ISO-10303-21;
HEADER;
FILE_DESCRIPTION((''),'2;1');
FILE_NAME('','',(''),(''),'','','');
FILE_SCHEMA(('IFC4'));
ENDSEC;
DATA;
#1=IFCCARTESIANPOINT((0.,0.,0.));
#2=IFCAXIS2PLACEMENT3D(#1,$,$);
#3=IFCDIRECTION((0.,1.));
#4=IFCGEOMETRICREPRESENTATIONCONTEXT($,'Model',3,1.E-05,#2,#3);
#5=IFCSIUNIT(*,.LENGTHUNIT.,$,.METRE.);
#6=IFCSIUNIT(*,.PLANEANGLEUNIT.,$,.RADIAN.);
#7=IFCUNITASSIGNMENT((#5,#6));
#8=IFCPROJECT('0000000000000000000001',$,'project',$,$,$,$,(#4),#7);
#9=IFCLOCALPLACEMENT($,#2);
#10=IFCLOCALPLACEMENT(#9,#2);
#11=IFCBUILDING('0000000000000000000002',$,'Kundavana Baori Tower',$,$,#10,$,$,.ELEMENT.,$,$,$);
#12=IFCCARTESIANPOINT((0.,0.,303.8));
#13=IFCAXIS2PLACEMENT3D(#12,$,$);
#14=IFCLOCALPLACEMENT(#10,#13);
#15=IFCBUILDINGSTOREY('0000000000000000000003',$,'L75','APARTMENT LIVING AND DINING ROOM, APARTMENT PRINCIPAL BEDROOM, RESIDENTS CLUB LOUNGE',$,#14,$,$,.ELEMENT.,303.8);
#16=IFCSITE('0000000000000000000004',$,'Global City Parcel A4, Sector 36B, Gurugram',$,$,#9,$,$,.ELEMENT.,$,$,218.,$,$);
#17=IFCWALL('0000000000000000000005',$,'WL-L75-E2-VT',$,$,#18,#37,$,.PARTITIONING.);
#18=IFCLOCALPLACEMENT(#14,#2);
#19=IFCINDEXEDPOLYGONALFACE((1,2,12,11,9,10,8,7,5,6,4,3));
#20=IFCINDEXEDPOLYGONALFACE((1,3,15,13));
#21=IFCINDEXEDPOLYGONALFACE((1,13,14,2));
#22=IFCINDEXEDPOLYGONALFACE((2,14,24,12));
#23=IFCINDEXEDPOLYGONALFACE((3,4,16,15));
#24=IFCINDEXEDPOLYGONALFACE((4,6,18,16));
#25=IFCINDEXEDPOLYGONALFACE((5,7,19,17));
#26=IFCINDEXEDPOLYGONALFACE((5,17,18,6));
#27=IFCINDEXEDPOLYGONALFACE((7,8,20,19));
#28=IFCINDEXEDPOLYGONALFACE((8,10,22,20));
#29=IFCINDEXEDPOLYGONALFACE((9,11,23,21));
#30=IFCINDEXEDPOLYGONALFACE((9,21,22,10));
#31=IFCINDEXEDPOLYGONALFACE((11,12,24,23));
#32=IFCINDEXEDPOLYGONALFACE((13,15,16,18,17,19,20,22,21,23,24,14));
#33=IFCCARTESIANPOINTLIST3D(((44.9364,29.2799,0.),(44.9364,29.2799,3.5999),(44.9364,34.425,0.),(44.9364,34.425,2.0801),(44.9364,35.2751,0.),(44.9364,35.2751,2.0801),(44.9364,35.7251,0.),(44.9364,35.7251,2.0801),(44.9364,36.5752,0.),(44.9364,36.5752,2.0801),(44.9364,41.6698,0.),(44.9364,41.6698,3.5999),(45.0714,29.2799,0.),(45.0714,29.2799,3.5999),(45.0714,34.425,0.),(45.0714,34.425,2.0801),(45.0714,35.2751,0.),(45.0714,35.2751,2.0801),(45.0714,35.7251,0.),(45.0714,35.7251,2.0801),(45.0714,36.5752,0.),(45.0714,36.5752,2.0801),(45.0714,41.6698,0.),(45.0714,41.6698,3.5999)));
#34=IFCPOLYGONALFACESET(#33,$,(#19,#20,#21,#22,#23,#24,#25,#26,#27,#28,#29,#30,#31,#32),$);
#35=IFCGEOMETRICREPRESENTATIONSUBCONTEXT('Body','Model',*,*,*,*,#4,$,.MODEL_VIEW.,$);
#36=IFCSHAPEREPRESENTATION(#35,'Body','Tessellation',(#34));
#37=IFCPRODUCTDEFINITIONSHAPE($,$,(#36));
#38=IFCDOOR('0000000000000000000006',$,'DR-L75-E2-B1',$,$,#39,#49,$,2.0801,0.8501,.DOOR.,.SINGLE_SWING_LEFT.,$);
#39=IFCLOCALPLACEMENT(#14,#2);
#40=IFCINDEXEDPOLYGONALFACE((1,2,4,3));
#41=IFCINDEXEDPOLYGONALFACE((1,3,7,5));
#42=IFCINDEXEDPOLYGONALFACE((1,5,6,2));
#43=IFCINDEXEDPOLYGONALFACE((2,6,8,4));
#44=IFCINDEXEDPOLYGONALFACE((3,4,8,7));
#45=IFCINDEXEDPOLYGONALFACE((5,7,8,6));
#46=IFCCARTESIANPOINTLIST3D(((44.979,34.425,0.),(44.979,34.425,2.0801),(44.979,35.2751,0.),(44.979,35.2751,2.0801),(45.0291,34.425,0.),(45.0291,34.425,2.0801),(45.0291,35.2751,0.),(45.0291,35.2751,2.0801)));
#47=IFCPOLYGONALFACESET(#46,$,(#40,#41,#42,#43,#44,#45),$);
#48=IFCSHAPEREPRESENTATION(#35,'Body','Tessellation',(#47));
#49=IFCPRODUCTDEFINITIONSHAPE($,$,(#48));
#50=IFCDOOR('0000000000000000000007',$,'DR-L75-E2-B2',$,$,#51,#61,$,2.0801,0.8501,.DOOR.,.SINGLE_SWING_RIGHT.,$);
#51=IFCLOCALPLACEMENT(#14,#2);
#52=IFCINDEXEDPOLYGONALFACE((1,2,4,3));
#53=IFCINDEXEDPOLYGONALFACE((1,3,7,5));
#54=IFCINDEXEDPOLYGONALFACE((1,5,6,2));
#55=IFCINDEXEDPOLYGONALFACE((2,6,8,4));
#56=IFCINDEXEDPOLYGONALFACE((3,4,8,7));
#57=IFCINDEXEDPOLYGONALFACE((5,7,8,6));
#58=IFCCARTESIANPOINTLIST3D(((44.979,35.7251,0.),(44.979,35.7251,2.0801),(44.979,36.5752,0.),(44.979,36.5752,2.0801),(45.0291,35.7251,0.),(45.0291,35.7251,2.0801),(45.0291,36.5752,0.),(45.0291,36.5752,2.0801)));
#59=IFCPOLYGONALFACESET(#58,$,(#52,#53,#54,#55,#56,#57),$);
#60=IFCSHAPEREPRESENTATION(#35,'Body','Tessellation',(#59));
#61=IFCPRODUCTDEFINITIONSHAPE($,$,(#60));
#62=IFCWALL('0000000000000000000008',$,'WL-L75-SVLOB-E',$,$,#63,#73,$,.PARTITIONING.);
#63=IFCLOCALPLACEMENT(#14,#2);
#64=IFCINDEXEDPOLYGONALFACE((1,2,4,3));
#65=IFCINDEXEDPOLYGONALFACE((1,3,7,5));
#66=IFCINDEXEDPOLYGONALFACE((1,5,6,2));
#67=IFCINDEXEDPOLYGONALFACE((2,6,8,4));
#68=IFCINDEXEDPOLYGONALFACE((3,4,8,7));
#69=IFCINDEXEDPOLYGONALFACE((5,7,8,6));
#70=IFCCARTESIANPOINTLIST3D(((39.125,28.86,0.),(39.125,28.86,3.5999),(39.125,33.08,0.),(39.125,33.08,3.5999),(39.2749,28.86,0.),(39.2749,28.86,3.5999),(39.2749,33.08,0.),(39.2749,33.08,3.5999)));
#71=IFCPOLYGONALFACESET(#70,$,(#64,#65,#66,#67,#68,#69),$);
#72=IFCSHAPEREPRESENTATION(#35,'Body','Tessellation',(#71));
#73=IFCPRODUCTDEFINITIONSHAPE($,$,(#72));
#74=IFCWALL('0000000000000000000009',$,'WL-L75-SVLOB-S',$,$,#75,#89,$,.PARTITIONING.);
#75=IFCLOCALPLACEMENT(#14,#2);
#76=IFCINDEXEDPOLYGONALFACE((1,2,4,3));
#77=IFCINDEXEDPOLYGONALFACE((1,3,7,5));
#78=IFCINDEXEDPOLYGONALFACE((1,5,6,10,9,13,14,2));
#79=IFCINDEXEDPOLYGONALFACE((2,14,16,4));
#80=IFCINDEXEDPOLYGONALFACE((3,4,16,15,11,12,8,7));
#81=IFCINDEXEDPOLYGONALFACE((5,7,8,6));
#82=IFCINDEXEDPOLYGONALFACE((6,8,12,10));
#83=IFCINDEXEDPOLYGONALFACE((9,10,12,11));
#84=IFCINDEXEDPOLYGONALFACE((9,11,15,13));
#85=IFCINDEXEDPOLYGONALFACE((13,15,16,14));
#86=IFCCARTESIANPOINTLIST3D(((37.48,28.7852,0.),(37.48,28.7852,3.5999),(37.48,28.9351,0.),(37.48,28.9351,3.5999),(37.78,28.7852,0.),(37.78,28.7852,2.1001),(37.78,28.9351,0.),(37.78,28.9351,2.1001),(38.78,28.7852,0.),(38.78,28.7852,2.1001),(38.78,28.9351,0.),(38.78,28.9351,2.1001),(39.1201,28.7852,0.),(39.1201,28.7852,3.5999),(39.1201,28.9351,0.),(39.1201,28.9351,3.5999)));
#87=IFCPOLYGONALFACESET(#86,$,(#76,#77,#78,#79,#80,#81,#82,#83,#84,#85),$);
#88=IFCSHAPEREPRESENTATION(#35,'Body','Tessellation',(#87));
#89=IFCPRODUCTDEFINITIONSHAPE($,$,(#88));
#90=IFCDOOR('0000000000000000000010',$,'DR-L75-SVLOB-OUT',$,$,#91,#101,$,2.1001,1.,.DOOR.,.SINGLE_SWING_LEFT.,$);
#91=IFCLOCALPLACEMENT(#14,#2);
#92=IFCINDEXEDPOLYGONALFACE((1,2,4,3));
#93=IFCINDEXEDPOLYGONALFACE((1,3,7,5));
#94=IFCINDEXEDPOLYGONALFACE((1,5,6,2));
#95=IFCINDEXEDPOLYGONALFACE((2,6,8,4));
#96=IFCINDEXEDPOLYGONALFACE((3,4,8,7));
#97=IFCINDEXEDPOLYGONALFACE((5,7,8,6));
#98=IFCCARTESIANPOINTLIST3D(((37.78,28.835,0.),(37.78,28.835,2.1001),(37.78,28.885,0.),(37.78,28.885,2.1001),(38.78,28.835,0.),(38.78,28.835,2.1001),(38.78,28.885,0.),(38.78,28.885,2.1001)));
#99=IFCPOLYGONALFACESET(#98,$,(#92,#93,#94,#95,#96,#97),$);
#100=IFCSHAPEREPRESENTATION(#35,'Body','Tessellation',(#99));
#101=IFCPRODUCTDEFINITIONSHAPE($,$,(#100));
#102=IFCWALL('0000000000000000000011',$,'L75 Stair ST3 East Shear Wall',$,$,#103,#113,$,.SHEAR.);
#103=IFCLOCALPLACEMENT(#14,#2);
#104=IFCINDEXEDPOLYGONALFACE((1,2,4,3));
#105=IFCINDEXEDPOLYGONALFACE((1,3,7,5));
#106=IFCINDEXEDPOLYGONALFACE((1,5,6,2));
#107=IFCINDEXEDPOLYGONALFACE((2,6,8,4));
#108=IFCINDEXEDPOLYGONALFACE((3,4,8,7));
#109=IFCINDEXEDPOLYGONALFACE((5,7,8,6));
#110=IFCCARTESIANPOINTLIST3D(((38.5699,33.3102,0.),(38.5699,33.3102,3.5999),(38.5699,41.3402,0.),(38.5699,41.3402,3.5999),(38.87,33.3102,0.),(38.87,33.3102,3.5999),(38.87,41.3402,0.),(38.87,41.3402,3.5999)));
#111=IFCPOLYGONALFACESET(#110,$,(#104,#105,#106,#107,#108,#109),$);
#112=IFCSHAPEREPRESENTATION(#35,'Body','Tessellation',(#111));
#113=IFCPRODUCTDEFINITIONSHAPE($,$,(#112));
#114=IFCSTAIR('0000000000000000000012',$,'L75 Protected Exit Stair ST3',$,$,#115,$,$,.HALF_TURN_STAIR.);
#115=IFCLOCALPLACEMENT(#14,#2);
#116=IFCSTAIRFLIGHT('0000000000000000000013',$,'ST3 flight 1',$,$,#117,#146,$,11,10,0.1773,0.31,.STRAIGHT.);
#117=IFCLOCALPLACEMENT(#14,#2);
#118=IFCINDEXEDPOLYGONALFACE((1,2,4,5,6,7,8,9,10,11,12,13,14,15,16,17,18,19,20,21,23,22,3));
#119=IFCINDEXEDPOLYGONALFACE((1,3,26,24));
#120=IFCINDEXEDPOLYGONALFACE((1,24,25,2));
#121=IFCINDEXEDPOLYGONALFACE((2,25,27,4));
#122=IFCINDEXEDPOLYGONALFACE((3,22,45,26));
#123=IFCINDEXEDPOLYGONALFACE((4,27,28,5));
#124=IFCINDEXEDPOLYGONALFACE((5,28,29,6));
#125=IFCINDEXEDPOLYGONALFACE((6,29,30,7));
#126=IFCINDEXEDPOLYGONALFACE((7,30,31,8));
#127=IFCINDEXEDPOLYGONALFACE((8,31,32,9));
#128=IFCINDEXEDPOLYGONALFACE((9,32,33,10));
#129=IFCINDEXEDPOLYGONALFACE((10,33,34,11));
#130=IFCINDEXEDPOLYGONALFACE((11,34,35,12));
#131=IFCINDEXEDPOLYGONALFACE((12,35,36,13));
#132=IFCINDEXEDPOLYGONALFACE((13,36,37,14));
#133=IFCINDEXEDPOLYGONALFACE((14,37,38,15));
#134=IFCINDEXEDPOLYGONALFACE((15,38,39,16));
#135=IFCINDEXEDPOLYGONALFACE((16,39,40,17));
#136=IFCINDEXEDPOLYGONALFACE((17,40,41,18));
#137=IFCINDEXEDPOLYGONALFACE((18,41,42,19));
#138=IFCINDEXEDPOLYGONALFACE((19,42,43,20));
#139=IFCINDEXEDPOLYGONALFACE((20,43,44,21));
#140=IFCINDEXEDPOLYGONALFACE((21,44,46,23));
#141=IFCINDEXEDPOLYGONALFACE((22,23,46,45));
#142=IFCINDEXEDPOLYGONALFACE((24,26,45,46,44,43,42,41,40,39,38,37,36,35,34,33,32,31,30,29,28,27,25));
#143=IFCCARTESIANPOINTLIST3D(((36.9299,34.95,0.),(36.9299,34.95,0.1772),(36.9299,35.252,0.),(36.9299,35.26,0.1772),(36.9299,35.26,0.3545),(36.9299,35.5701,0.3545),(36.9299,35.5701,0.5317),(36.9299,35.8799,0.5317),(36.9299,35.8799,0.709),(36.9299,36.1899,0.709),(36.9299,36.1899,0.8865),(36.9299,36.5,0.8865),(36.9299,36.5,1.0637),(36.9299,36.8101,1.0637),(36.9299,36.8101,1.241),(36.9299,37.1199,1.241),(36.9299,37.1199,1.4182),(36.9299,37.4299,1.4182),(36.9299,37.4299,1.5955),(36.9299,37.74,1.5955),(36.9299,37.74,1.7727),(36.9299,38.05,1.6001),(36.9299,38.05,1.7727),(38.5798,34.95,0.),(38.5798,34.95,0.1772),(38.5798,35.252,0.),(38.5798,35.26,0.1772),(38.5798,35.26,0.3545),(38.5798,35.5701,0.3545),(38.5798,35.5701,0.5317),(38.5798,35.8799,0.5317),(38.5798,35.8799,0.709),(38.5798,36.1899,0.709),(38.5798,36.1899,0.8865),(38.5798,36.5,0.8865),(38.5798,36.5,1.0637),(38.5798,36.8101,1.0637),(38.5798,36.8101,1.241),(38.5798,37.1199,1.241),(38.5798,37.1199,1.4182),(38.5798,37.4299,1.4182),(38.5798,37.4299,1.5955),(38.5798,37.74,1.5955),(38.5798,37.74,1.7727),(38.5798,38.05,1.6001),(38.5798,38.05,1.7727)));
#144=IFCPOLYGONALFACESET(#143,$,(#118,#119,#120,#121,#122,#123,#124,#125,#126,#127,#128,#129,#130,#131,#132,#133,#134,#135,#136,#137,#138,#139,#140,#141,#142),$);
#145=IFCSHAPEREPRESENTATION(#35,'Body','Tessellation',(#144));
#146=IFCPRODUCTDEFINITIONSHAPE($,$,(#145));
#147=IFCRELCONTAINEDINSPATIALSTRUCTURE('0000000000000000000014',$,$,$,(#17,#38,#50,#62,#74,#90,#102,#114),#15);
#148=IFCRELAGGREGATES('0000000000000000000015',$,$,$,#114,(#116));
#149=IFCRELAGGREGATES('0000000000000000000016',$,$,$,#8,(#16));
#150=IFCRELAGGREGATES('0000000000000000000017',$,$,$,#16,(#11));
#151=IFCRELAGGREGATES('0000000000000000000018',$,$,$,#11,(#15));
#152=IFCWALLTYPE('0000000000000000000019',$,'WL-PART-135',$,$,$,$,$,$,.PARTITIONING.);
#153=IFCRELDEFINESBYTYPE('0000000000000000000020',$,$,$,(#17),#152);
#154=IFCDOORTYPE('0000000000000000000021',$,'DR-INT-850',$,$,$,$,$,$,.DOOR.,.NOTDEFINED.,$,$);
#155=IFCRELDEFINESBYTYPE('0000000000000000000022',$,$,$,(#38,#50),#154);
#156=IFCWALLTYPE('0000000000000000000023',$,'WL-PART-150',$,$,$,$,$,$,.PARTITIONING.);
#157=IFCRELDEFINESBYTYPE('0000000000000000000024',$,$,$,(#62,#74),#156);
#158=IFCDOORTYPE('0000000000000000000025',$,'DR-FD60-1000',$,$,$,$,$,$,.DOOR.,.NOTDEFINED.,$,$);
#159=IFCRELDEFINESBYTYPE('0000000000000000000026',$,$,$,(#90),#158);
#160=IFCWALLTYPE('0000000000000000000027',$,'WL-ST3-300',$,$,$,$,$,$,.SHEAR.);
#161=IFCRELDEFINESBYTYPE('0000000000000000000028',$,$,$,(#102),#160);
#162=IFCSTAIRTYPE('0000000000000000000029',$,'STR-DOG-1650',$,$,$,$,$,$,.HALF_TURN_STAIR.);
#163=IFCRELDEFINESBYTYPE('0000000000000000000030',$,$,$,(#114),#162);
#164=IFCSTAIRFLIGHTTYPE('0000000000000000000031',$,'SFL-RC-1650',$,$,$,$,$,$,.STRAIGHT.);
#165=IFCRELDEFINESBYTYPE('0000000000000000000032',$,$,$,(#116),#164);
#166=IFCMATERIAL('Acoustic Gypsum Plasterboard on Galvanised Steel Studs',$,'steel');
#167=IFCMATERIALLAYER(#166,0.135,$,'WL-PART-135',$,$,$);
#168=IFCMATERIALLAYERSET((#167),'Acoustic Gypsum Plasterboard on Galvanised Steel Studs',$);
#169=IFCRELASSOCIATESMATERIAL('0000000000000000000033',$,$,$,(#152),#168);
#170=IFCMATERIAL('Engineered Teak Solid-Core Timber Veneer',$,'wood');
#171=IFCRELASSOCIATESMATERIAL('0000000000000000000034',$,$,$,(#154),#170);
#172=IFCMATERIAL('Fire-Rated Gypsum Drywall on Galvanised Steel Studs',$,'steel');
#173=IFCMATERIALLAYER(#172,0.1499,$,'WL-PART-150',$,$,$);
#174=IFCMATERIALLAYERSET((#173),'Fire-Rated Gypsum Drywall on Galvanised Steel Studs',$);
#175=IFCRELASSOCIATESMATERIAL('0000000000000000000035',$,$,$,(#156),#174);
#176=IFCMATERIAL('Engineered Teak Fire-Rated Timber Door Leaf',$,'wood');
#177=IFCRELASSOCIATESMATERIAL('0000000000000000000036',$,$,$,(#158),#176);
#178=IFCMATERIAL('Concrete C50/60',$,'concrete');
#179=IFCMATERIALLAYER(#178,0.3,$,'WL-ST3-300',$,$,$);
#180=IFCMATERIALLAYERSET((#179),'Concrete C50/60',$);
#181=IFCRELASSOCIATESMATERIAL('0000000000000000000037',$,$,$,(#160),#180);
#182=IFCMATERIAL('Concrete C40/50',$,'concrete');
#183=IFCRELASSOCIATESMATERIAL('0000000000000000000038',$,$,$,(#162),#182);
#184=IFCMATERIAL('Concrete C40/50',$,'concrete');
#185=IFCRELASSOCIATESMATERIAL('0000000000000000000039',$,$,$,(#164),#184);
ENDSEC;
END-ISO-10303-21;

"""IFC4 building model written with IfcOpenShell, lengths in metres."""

from ifc_helpers import new_model, si_unit, direction, frame, frame_2d, origin, place, context, subcontext, project, spatial, polyline, rectangle, outline, extrude, material, layer, layer_set, type_object, element, fill, aggregate, save


model = new_model("IFC4")

# Units and contexts
model_context = context("Model", 3, precision=1e-05, world=origin(), true_north=direction((0.0, 1.0)))
body_context = subcontext(model_context, "Body", "Model", "MODEL_VIEW")
ifc_project = project(units=[si_unit("LENGTHUNIT", "METRE"), si_unit("PLANEANGLEUNIT", "RADIAN")], contexts=[model_context])

# Site, building, storey
site_placement = place(None, origin())
site = spatial("IfcSite", under=ifc_project, at=site_placement, Name="Global City Parcel A4, Sector 36B, Gurugram", CompositionType="ELEMENT", RefElevation=218.0)
building_placement = place(site_placement, origin())
building = spatial("IfcBuilding", under=site, at=building_placement, Name="Kundavana Baori Tower", CompositionType="ELEMENT")
storey_placement = place(building_placement, frame((0.0, 0.0, 303.8)))
storey = spatial("IfcBuildingStorey", under=building, at=storey_placement, Name="L75", Description="APARTMENT LIVING AND DINING ROOM, APARTMENT PRINCIPAL BEDROOM, RESIDENTS CLUB LOUNGE", CompositionType="ELEMENT", Elevation=303.8)

# Shared definitions
ifc_material_1 = material(Name="Acoustic Gypsum Plasterboard on Galvanised Steel Studs", Category="steel")
ifc_layer_1 = layer(ifc_material_1, 0.135, Name="WL-PART-135")
ifc_layer_set_1 = layer_set([ifc_layer_1], Name="Acoustic Gypsum Plasterboard on Galvanised Steel Studs")
wall_type_1 = type_object("IfcWallType", Name="WL-PART-135", PredefinedType="PARTITIONING", material=ifc_layer_set_1)

# Wall, openings, doors
wall_1_placement = place(storey_placement, frame((45.0039, 29.28, 0.0), z_axis=(0.0, 0.0, 1.0), x_axis=(0.0, 1.0, 0.0)))
wall_1 = element("IfcWall", 1, at=wall_1_placement, inside=storey, type_object=wall_type_1, Name="WL-L75-E2-VT", PredefinedType="PARTITIONING", context=body_context, shape_type="SweptSolid", body=[
    extrude(rectangle(XDim=12.3899, YDim=0.135, at=frame_2d((6.1948, 0.0))), origin(), (0.0, 0.0, 1.0), 3.5999),
])
opening_1_placement = place(wall_1_placement, frame((5.145, 0.0, 0.0)))
opening_1 = element("IfcOpeningElement", 2, at=opening_1_placement, cuts=wall_1, PredefinedType="OPENING", context=body_context, shape_type="SweptSolid", body=[
    extrude(rectangle(XDim=0.8501, YDim=2.0801, at=frame_2d((0.425, 1.04))), frame((0.0, 0.0776, 0.0), z_axis=(0.0, -1.0, 0.0), x_axis=(1.0, 0.0, 0.0)), (0.0, 0.0, 1.0), 0.155),
])
opening_2_placement = place(wall_1_placement, frame((6.4451, 0.0, 0.0)))
opening_2 = element("IfcOpeningElement", 3, at=opening_2_placement, cuts=wall_1, PredefinedType="OPENING", context=body_context, shape_type="SweptSolid", body=[
    extrude(rectangle(XDim=0.8501, YDim=2.0801, at=frame_2d((0.425, 1.04))), frame((0.0, 0.0776, 0.0), z_axis=(0.0, -1.0, 0.0), x_axis=(1.0, 0.0, 0.0)), (0.0, 0.0, 1.0), 0.155),
])
ifc_material_2 = material(Name="Engineered Teak Solid-Core Timber Veneer", Category="wood")
door_type_1 = type_object("IfcDoorType", Name="DR-INT-850", OperationType="NOTDEFINED", PredefinedType="DOOR", material=ifc_material_2)
door_1_placement = place(opening_1_placement, origin())
door_1 = element("IfcDoor", 4, at=door_1_placement, inside=storey, type_object=door_type_1, Name="DR-L75-E2-B1", OperationType="SINGLE_SWING_LEFT", OverallHeight=2.0801, OverallWidth=0.8501, PredefinedType="DOOR", context=body_context, shape_type="SweptSolid", body=[
    extrude(rectangle(XDim=0.8501, YDim=2.0801, at=frame_2d((0.425, 1.04))), frame((0.0, 0.0249, 0.0), z_axis=(0.0, -1.0, 0.0), x_axis=(1.0, 0.0, 0.0)), (0.0, 0.0, 1.0), 0.05),
])
fill(opening_1, door_1)
door_2_placement = place(opening_2_placement, origin())
door_2 = element("IfcDoor", 5, at=door_2_placement, inside=storey, type_object=door_type_1, Name="DR-L75-E2-B2", OperationType="SINGLE_SWING_RIGHT", OverallHeight=2.0801, OverallWidth=0.8501, PredefinedType="DOOR", context=body_context, shape_type="SweptSolid", body=[
    extrude(rectangle(XDim=0.8501, YDim=2.0801, at=frame_2d((0.425, 1.04))), frame((0.0, 0.0249, 0.0), z_axis=(0.0, -1.0, 0.0), x_axis=(1.0, 0.0, 0.0)), (0.0, 0.0, 1.0), 0.05),
])
fill(opening_2, door_2)

# Wall
ifc_material_3 = material(Name="Fire-Rated Gypsum Drywall on Galvanised Steel Studs", Category="steel")
ifc_layer_2 = layer(ifc_material_3, 0.1499, Name="WL-PART-150")
ifc_layer_set_2 = layer_set([ifc_layer_2], Name="Fire-Rated Gypsum Drywall on Galvanised Steel Studs")
wall_type_2 = type_object("IfcWallType", Name="WL-PART-150", PredefinedType="PARTITIONING", material=ifc_layer_set_2)
wall_2_placement = place(storey_placement, frame((39.2, 28.8601, 0.0), z_axis=(0.0, 0.0, 1.0), x_axis=(0.0, 1.0, 0.0)))
element("IfcWall", 6, at=wall_2_placement, inside=storey, type_object=wall_type_2, Name="WL-L75-SVLOB-E", PredefinedType="PARTITIONING", context=body_context, shape_type="SweptSolid", body=[
    extrude(rectangle(XDim=4.22, YDim=0.1499, at=frame_2d((2.1099, 0.0))), origin(), (0.0, 0.0, 1.0), 3.5999),
])

# Wall, opening, door
wall_3_placement = place(storey_placement, frame((37.48, 28.8601, 0.0), z_axis=(0.0, 0.0, 1.0), x_axis=(1.0, 0.0, 0.0)))
wall_3 = element("IfcWall", 7, at=wall_3_placement, inside=storey, type_object=wall_type_2, Name="WL-L75-SVLOB-S", PredefinedType="PARTITIONING", context=body_context, shape_type="SweptSolid", body=[
    extrude(rectangle(XDim=1.6401, YDim=0.1499, at=frame_2d((0.8201, 0.0))), origin(), (0.0, 0.0, 1.0), 3.5999),
])
opening_3_placement = place(wall_3_placement, frame((0.3, 0.0, 0.0)))
opening_3 = element("IfcOpeningElement", 8, at=opening_3_placement, cuts=wall_3, PredefinedType="OPENING", context=body_context, shape_type="SweptSolid", body=[
    extrude(rectangle(XDim=1.0, YDim=2.1001, at=frame_2d((0.5, 1.05))), frame((0.0, 0.085, 0.0), z_axis=(0.0, -1.0, 0.0), x_axis=(1.0, 0.0, 0.0)), (0.0, 0.0, 1.0), 0.1699),
])
ifc_material_4 = material(Name="Engineered Teak Fire-Rated Timber Door Leaf", Category="wood")
door_type_2 = type_object("IfcDoorType", Name="DR-FD60-1000", OperationType="NOTDEFINED", PredefinedType="DOOR", material=ifc_material_4)
door_3_placement = place(opening_3_placement, origin())
door_3 = element("IfcDoor", 9, at=door_3_placement, inside=storey, type_object=door_type_2, Name="DR-L75-SVLOB-OUT", OperationType="SINGLE_SWING_LEFT", OverallHeight=2.1001, OverallWidth=1.0, PredefinedType="DOOR", context=body_context, shape_type="SweptSolid", body=[
    extrude(rectangle(XDim=1.0, YDim=2.1001, at=frame_2d((0.5, 1.05))), frame((0.0, 0.0249, 0.0), z_axis=(0.0, -1.0, 0.0), x_axis=(1.0, 0.0, 0.0)), (0.0, 0.0, 1.0), 0.05),
])
fill(opening_3, door_3)

# Wall
ifc_material_5 = material(Name="Concrete C50/60", Category="concrete")
ifc_layer_3 = layer(ifc_material_5, 0.3, Name="WL-ST3-300")
ifc_layer_set_3 = layer_set([ifc_layer_3], Name="Concrete C50/60")
wall_type_3 = type_object("IfcWallType", Name="WL-ST3-300", PredefinedType="SHEAR", material=ifc_layer_set_3)
wall_4_placement = place(storey_placement, frame((38.72, 33.3101, 0.0), z_axis=(0.0, 0.0, 1.0), x_axis=(0.0, 1.0, 0.0)))
element("IfcWall", 10, at=wall_4_placement, inside=storey, type_object=wall_type_3, Name="L75 Stair ST3 East Shear Wall", PredefinedType="SHEAR", context=body_context, shape_type="SweptSolid", body=[
    extrude(rectangle(XDim=8.03, YDim=0.3, at=frame_2d((4.0151, 0.0))), origin(), (0.0, 0.0, 1.0), 3.5999),
])

# Stair, stair flight
ifc_material_6 = material(Name="Concrete C40/50", Category="concrete")
stair_type = type_object("IfcStairType", Name="STR-DOG-1650", PredefinedType="HALF_TURN_STAIR", material=ifc_material_6)
stair_placement = place(storey_placement, origin())
stair = element("IfcStair", 11, at=stair_placement, inside=storey, type_object=stair_type, Name="L75 Protected Exit Stair ST3", PredefinedType="HALF_TURN_STAIR")
ifc_material_7 = material(Name="Concrete C40/50", Category="concrete")
stair_flight_type = type_object("IfcStairFlightType", Name="SFL-RC-1650", PredefinedType="STRAIGHT", material=ifc_material_7)
stair_flight_placement = place(storey_placement, frame((37.7549, 34.95, 0.0), z_axis=(0.0, 0.0, 1.0), x_axis=(0.0, 1.0, 0.0)))
stair_flight = element("IfcStairFlight", 12, at=stair_flight_placement, type_object=stair_flight_type, Name="ST3 flight 1", NumberOfRisers=11, NumberOfTreads=10, PredefinedType="STRAIGHT", RiserHeight=0.1773, TreadLength=0.31, context=body_context, shape_type="SweptSolid", body=[
    extrude(outline(polyline([(0.0, 0.0), (0.0, 0.1772), (0.3101, 0.1772), (0.3101, 0.3545), (0.6201, 0.3545), (0.6201, 0.5317), (0.9299, 0.5317), (0.9299, 0.709), (1.24, 0.709), (1.24, 0.8865), (1.55, 0.8865), (1.55, 1.0637), (1.8601, 1.0637), (1.8601, 1.241), (2.1699, 1.241), (2.1699, 1.4182), (2.48, 1.4182), (2.48, 1.5955), (2.79, 1.5955), (2.79, 1.7727), (3.1001, 1.7727), (3.1001, 1.95), (3.1001, 1.6001), (0.302, 0.0), (0.0, 0.0)])), frame((0.0, 0.825, 0.0), z_axis=(0.0, -1.0, 0.0), x_axis=(1.0, 0.0, 0.0)), (0.0, 0.0, 1.0), 1.6499),
])
aggregate(stair, [stair_flight])

save(model, "model.ifc")
